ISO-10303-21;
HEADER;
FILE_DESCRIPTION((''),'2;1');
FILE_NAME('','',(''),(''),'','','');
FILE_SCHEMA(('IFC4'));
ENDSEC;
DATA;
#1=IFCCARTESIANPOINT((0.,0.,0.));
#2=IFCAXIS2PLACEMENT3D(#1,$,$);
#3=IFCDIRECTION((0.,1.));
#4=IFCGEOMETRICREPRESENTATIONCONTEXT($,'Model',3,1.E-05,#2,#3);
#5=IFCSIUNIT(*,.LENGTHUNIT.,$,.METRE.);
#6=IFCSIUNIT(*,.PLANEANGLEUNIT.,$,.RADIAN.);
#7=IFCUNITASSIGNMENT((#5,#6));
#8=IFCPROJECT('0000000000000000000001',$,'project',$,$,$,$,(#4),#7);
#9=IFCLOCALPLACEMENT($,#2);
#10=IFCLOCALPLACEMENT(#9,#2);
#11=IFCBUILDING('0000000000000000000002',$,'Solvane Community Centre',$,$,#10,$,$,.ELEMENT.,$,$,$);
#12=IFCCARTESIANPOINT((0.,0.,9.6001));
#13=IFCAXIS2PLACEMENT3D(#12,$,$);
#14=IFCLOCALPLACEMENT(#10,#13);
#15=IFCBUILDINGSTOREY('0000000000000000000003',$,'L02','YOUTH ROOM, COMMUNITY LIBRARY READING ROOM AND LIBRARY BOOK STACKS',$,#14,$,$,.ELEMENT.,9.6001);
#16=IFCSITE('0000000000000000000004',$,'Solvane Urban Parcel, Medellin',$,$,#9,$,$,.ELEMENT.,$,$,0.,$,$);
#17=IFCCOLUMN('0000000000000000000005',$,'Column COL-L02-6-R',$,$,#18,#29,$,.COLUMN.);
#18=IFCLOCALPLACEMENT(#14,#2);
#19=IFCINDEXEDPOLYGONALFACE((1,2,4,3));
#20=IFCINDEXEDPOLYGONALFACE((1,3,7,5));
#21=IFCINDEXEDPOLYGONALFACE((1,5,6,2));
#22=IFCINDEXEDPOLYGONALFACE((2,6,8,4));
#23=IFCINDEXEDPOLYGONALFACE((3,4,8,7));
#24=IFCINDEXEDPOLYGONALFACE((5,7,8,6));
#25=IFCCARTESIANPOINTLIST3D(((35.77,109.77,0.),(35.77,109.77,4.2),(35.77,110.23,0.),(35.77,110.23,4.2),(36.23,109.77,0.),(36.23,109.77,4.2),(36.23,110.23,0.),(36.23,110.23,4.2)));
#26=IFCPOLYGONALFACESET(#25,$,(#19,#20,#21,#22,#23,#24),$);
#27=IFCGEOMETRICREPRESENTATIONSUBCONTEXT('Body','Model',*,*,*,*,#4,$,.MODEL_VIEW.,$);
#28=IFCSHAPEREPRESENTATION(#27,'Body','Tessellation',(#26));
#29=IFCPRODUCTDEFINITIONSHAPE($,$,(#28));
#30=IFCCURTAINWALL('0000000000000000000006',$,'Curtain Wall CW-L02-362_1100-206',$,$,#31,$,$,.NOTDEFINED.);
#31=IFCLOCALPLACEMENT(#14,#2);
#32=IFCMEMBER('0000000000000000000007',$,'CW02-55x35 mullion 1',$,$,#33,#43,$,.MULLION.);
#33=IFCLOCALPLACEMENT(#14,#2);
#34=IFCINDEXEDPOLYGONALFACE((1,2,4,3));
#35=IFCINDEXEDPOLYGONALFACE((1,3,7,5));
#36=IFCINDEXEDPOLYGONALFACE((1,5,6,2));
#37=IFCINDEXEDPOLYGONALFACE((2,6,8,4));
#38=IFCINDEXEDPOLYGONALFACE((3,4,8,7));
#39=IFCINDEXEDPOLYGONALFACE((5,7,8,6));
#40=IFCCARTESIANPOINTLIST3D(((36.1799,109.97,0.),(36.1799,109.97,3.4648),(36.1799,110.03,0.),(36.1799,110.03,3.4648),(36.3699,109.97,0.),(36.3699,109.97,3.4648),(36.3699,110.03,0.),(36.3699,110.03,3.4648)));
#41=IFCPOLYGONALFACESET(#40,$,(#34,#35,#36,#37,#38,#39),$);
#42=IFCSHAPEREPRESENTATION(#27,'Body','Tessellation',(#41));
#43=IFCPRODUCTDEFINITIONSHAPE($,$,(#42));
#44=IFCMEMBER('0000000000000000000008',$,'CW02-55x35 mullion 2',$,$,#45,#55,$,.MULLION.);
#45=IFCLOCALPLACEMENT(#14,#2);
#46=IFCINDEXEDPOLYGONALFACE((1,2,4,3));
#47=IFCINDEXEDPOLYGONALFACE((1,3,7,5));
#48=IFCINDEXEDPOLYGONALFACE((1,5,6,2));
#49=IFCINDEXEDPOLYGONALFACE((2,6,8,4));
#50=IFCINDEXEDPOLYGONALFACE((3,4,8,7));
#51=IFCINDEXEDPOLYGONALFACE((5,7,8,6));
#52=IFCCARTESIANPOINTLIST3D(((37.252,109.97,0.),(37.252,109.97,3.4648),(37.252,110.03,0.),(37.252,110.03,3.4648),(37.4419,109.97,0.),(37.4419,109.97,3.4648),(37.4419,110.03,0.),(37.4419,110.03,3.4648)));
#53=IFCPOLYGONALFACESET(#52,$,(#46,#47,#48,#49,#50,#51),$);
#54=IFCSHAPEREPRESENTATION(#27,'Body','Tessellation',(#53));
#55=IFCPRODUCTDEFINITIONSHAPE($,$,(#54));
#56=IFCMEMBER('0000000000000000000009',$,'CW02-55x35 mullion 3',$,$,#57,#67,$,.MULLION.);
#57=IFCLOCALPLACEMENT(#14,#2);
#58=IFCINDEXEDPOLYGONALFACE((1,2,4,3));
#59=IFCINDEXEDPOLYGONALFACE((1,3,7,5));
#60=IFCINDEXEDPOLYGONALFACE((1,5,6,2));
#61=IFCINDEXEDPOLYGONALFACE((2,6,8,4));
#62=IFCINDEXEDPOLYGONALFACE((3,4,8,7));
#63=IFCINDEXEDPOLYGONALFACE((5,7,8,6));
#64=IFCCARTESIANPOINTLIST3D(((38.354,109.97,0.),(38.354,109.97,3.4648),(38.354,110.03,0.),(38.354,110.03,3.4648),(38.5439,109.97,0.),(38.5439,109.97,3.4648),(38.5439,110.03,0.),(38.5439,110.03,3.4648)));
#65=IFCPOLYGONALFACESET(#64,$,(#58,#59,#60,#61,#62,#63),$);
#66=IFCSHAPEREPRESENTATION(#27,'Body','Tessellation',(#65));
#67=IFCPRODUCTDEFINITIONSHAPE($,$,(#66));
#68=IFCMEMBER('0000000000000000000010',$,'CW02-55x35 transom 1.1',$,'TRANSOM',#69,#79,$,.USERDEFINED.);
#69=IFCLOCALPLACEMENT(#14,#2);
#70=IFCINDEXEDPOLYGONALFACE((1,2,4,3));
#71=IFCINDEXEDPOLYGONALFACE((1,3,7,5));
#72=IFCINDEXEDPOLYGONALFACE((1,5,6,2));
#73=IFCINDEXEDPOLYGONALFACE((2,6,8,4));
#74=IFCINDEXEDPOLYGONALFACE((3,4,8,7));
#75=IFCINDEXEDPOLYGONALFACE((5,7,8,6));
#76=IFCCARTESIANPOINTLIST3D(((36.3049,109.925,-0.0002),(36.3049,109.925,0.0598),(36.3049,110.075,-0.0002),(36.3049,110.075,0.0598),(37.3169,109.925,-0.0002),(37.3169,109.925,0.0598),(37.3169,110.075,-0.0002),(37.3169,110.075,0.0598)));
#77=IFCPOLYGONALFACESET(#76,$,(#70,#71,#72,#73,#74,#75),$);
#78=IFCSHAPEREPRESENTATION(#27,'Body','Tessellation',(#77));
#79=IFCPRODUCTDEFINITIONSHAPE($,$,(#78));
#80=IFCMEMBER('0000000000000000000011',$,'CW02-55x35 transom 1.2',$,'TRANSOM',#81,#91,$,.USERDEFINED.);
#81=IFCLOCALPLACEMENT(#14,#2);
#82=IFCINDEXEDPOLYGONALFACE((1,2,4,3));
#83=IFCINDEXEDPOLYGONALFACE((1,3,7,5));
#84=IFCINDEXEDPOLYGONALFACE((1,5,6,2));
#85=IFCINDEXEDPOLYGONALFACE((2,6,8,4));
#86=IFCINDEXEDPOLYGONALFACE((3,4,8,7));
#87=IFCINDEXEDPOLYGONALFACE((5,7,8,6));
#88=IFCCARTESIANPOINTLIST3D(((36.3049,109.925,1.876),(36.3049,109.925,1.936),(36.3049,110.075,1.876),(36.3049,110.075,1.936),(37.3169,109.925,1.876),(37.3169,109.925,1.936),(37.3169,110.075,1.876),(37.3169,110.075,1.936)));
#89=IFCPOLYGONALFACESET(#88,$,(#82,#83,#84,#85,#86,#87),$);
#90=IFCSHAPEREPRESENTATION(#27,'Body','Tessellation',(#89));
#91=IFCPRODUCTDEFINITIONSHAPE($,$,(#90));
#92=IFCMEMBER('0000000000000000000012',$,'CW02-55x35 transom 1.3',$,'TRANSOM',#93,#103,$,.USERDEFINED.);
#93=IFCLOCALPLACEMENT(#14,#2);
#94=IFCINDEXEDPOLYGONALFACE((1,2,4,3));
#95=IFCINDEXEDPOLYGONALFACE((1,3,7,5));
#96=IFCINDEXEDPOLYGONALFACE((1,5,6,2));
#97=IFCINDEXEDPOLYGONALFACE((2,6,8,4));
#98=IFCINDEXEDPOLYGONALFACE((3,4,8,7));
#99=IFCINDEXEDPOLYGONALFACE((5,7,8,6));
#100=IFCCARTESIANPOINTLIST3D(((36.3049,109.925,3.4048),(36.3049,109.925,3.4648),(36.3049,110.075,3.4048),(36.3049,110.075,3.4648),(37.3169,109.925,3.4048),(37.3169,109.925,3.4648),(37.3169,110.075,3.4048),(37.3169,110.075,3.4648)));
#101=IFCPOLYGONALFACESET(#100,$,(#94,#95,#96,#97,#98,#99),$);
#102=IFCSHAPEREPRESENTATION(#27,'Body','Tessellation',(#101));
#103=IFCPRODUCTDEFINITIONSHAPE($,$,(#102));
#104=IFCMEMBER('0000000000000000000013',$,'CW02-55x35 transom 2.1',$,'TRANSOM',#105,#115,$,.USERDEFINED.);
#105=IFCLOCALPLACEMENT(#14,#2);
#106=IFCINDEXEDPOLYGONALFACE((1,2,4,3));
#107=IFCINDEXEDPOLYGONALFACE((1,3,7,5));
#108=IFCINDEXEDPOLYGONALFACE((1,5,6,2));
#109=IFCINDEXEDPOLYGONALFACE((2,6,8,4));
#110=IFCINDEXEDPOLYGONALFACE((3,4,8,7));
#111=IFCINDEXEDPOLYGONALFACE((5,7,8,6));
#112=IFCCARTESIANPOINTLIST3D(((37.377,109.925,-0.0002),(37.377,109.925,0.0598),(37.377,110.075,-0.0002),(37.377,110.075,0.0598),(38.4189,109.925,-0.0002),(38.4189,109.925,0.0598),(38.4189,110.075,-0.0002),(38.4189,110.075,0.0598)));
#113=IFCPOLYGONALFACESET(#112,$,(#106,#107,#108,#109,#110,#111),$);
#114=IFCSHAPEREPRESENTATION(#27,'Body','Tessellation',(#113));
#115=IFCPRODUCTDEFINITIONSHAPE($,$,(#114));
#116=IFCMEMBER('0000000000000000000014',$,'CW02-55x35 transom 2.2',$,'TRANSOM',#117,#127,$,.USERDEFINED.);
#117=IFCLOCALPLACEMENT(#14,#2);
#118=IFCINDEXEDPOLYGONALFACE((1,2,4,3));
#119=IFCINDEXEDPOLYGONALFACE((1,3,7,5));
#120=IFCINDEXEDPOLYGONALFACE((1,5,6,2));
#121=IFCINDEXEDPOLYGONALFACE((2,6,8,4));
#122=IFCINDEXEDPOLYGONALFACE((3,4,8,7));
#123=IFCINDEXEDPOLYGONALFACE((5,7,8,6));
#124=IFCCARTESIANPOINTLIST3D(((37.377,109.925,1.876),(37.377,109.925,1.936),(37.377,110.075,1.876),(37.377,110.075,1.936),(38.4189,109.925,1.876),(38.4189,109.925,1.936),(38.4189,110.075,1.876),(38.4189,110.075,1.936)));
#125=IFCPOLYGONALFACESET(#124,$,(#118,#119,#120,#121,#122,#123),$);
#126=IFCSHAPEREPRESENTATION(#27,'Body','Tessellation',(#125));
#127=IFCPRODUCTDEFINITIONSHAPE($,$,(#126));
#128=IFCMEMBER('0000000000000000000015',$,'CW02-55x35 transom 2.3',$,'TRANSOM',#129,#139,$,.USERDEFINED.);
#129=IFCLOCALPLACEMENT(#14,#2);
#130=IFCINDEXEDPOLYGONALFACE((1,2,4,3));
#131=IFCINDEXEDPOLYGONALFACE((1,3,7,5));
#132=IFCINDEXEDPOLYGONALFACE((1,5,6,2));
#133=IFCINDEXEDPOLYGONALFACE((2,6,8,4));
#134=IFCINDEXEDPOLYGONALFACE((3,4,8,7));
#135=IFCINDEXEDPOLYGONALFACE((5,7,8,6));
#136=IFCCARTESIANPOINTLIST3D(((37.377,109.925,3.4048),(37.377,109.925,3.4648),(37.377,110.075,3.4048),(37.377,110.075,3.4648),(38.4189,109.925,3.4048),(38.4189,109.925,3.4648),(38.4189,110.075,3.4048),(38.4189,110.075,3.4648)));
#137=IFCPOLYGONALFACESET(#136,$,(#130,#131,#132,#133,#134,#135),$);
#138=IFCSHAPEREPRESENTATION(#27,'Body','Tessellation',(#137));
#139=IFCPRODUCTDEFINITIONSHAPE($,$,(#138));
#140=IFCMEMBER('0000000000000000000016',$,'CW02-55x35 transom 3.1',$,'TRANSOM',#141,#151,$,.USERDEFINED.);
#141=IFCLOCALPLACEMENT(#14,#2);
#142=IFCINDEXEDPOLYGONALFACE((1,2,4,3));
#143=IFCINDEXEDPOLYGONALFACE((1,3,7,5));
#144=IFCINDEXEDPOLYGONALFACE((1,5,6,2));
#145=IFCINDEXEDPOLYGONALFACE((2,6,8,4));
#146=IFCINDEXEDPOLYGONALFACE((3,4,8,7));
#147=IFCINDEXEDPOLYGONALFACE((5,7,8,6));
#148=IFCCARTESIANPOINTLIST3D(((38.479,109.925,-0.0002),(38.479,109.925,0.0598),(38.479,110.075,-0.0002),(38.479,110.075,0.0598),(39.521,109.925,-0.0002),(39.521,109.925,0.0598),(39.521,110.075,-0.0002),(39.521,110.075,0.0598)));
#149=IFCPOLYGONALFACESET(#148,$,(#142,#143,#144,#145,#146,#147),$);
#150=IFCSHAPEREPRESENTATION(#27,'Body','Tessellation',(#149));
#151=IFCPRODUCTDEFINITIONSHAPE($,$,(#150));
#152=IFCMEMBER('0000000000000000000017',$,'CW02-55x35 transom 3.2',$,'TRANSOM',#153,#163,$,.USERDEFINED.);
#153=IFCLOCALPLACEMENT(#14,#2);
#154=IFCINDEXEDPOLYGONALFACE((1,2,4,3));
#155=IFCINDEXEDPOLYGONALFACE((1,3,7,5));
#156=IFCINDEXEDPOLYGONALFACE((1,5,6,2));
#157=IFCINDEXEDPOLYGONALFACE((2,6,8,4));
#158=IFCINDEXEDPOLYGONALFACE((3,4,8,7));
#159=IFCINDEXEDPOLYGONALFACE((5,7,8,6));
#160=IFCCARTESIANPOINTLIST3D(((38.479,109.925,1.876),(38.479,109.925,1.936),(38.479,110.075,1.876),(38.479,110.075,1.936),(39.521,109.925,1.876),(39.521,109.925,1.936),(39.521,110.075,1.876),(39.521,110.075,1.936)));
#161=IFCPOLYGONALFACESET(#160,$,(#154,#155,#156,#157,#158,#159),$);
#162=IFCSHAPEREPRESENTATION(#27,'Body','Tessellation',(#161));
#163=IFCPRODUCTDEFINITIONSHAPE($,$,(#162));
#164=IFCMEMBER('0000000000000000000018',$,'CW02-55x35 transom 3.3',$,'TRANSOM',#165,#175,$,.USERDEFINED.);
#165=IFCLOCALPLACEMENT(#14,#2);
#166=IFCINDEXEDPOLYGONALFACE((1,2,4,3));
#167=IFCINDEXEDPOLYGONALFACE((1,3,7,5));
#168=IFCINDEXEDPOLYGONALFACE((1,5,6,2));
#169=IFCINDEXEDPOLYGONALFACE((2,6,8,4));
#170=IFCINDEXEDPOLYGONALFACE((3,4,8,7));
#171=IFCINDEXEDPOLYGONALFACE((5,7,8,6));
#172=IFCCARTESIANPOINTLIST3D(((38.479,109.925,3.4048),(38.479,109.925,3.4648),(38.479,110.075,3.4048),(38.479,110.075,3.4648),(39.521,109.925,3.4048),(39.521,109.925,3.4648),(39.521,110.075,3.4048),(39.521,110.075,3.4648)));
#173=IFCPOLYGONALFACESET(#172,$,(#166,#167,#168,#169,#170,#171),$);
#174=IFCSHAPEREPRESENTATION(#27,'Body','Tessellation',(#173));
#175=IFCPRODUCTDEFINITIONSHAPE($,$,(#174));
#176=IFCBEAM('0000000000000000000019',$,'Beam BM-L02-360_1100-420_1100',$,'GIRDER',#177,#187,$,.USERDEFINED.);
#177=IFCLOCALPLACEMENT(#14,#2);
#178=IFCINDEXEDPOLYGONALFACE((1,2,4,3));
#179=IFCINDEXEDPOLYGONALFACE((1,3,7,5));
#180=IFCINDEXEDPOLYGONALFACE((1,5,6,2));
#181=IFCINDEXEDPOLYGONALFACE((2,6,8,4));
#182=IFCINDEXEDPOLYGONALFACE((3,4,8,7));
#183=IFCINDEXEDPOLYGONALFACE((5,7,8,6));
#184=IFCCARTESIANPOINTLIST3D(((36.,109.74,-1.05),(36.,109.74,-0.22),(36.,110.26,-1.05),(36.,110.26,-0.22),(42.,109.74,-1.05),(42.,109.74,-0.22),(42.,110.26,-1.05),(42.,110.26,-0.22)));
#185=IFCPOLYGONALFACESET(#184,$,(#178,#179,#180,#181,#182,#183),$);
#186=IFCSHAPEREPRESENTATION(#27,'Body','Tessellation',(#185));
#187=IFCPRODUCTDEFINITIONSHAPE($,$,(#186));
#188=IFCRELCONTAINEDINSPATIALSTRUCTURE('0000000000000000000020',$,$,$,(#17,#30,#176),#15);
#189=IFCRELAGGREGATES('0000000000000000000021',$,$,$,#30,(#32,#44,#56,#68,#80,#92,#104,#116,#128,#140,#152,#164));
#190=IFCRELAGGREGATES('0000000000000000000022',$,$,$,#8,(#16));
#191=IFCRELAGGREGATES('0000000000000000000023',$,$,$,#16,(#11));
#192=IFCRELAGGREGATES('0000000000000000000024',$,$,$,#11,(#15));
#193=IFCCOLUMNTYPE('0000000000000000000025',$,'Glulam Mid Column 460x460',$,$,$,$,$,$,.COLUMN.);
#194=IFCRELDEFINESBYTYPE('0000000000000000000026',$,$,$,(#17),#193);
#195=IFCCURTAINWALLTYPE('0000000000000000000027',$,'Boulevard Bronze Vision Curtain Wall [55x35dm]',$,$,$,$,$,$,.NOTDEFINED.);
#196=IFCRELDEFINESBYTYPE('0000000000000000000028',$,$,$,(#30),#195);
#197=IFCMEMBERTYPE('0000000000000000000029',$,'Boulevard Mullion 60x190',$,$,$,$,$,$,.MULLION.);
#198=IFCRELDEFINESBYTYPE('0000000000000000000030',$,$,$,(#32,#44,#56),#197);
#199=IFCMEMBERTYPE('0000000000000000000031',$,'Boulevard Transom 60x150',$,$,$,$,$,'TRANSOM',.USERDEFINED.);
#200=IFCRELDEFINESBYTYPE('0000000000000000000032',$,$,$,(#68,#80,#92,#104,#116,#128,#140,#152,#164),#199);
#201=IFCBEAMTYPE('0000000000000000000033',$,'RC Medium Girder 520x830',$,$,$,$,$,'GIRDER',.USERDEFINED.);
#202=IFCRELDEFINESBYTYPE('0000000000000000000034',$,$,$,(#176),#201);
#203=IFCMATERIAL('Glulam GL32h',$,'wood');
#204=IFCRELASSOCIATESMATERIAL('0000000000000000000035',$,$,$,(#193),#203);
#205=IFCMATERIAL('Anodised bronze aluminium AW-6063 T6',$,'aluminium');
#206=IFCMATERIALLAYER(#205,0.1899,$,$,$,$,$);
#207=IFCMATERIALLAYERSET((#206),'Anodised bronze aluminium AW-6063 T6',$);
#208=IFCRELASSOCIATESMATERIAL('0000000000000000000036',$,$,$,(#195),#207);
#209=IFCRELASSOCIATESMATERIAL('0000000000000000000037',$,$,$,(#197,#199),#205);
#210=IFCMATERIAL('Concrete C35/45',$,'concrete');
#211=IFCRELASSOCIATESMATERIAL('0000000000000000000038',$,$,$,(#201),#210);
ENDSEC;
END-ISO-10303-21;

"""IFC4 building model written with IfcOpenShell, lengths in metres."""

from ifc_helpers import new_model, si_unit, direction, frame, origin, origin_2d, place, context, subcontext, project, spatial, rectangle, extrude, material, layer, layer_set, material_profile, profile_set, type_object, element, aggregate, save


model = new_model("IFC4")

# Units and contexts
model_context = context("Model", 3, precision=1e-05, world=origin(), true_north=direction((0.0, 1.0)))
body_context = subcontext(model_context, "Body", "Model", "MODEL_VIEW")
ifc_project = project(units=[si_unit("LENGTHUNIT", "METRE"), si_unit("PLANEANGLEUNIT", "RADIAN")], contexts=[model_context])

# Site, building, storey
site_placement = place(None, origin())
site = spatial("IfcSite", under=ifc_project, at=site_placement, Name="Solvane Urban Parcel, Medellin", CompositionType="ELEMENT", RefElevation=0.0)
building_placement = place(site_placement, origin())
building = spatial("IfcBuilding", under=site, at=building_placement, Name="Solvane Community Centre", CompositionType="ELEMENT")
storey_placement = place(building_placement, frame((0.0, 0.0, 9.6001)))
storey = spatial("IfcBuildingStorey", under=building, at=storey_placement, Name="L02", Description="YOUTH ROOM, COMMUNITY LIBRARY READING ROOM AND LIBRARY BOOK STACKS", CompositionType="ELEMENT", Elevation=9.6001)

# Column
ifc_material_1 = material(Name="Glulam GL32h", Category="wood")
ifc_material_profile_1 = material_profile(ifc_material_1, rectangle(XDim=0.46, YDim=0.46, at=origin_2d()), Name="GL32h 460x460")
ifc_profile_set_1 = profile_set([ifc_material_profile_1], Name="Glulam GL32h")
column_type = type_object("IfcColumnType", Name="Glulam Mid Column 460x460", PredefinedType="COLUMN", material=ifc_profile_set_1)
column_placement = place(storey_placement, frame((36.0, 110.0, 0.0), z_axis=(0.0, 0.0, 1.0), x_axis=(1.0, 0.0, 0.0)))
element("IfcColumn", 1, at=column_placement, inside=storey, type_object=column_type, Name="Column COL-L02-6-R", PredefinedType="COLUMN", context=body_context, shape_type="SweptSolid", body=[
    extrude(rectangle(XDim=0.46, YDim=0.46, at=origin_2d()), origin(), (0.0, 0.0, 1.0), 4.2),
])

# Curtain wall, members
ifc_material_2 = material(Name="Anodised bronze aluminium AW-6063 T6", Category="aluminium")
ifc_layer_1 = layer(ifc_material_2, 0.1899)
ifc_layer_set_1 = layer_set([ifc_layer_1], Name="Anodised bronze aluminium AW-6063 T6")
curtain_wall_type = type_object("IfcCurtainWallType", Name="Boulevard Bronze Vision Curtain Wall [55x35dm]", PredefinedType="NOTDEFINED", material=ifc_layer_set_1)
curtain_wall_placement = place(storey_placement, origin())
curtain_wall = element("IfcCurtainWall", 2, at=curtain_wall_placement, inside=storey, type_object=curtain_wall_type, Name="Curtain Wall CW-L02-362_1100-206", PredefinedType="NOTDEFINED")
ifc_material_profile_2 = material_profile(ifc_material_2, rectangle(XDim=0.0601, YDim=0.1899, at=origin_2d()), Name="CW-M 60x190")
ifc_profile_set_2 = profile_set([ifc_material_profile_2], Name="Anodised bronze aluminium AW-6063 T6")
member_type_1 = type_object("IfcMemberType", Name="Boulevard Mullion 60x190", PredefinedType="MULLION", material=ifc_profile_set_2)
member_1_placement = place(storey_placement, frame((36.2749, 110.0, 0.0), z_axis=(0.0, 0.0, 1.0), x_axis=(0.0, 1.0, 0.0)))
member_1 = element("IfcMember", 3, at=member_1_placement, type_object=member_type_1, Name="CW02-55x35 mullion 1", PredefinedType="MULLION", context=body_context, shape_type="SweptSolid", body=[
    extrude(rectangle(XDim=0.0601, YDim=0.1899, at=origin_2d()), origin(), (0.0, 0.0, 1.0), 3.4648),
])
member_2_placement = place(storey_placement, frame((37.3469, 110.0, 0.0), z_axis=(0.0, 0.0, 1.0), x_axis=(0.0, 1.0, 0.0)))
member_2 = element("IfcMember", 4, at=member_2_placement, type_object=member_type_1, Name="CW02-55x35 mullion 2", PredefinedType="MULLION", context=body_context, shape_type="SweptSolid", body=[
    extrude(rectangle(XDim=0.0601, YDim=0.1899, at=origin_2d()), origin(), (0.0, 0.0, 1.0), 3.4648),
])
member_3_placement = place(storey_placement, frame((38.449, 110.0, 0.0), z_axis=(0.0, 0.0, 1.0), x_axis=(0.0, 1.0, 0.0)))
member_3 = element("IfcMember", 5, at=member_3_placement, type_object=member_type_1, Name="CW02-55x35 mullion 3", PredefinedType="MULLION", context=body_context, shape_type="SweptSolid", body=[
    extrude(rectangle(XDim=0.0601, YDim=0.1899, at=origin_2d()), origin(), (0.0, 0.0, 1.0), 3.4648),
])
ifc_material_profile_3 = material_profile(ifc_material_2, rectangle(XDim=0.1499, YDim=0.0601, at=origin_2d()), Name="CW-T 60x150")
ifc_profile_set_3 = profile_set([ifc_material_profile_3], Name="Anodised bronze aluminium AW-6063 T6")
member_type_2 = type_object("IfcMemberType", Name="Boulevard Transom 60x150", ElementType="TRANSOM", PredefinedType="USERDEFINED", material=ifc_profile_set_3)
member_4_placement = place(storey_placement, frame((36.3049, 110.0, 0.0298), z_axis=(1.0, 0.0, 0.0), x_axis=(0.0, 1.0, 0.0)))
member_4 = element("IfcMember", 6, at=member_4_placement, type_object=member_type_2, Name="CW02-55x35 transom 1.1", ObjectType="TRANSOM", PredefinedType="USERDEFINED", context=body_context, shape_type="SweptSolid", body=[
    extrude(rectangle(XDim=0.1499, YDim=0.0601, at=origin_2d()), origin(), (0.0, 0.0, 1.0), 1.012),
])
member_5_placement = place(storey_placement, frame((36.3049, 110.0, 1.906), z_axis=(1.0, 0.0, 0.0), x_axis=(0.0, 1.0, 0.0)))
member_5 = element("IfcMember", 7, at=member_5_placement, type_object=member_type_2, Name="CW02-55x35 transom 1.2", ObjectType="TRANSOM", PredefinedType="USERDEFINED", context=body_context, shape_type="SweptSolid", body=[
    extrude(rectangle(XDim=0.1499, YDim=0.0601, at=origin_2d()), origin(), (0.0, 0.0, 1.0), 1.012),
])
member_6_placement = place(storey_placement, frame((36.3049, 110.0, 3.4348), z_axis=(1.0, 0.0, 0.0), x_axis=(0.0, 1.0, 0.0)))
member_6 = element("IfcMember", 8, at=member_6_placement, type_object=member_type_2, Name="CW02-55x35 transom 1.3", ObjectType="TRANSOM", PredefinedType="USERDEFINED", context=body_context, shape_type="SweptSolid", body=[
    extrude(rectangle(XDim=0.1499, YDim=0.0601, at=origin_2d()), origin(), (0.0, 0.0, 1.0), 1.012),
])
member_7_placement = place(storey_placement, frame((37.377, 110.0, 0.0298), z_axis=(1.0, 0.0, 0.0), x_axis=(0.0, 1.0, 0.0)))
member_7 = element("IfcMember", 9, at=member_7_placement, type_object=member_type_2, Name="CW02-55x35 transom 2.1", ObjectType="TRANSOM", PredefinedType="USERDEFINED", context=body_context, shape_type="SweptSolid", body=[
    extrude(rectangle(XDim=0.1499, YDim=0.0601, at=origin_2d()), origin(), (0.0, 0.0, 1.0), 1.042),
])
member_8_placement = place(storey_placement, frame((37.377, 110.0, 1.906), z_axis=(1.0, 0.0, 0.0), x_axis=(0.0, 1.0, 0.0)))
member_8 = element("IfcMember", 10, at=member_8_placement, type_object=member_type_2, Name="CW02-55x35 transom 2.2", ObjectType="TRANSOM", PredefinedType="USERDEFINED", context=body_context, shape_type="SweptSolid", body=[
    extrude(rectangle(XDim=0.1499, YDim=0.0601, at=origin_2d()), origin(), (0.0, 0.0, 1.0), 1.042),
])
member_9_placement = place(storey_placement, frame((37.377, 110.0, 3.4348), z_axis=(1.0, 0.0, 0.0), x_axis=(0.0, 1.0, 0.0)))
member_9 = element("IfcMember", 11, at=member_9_placement, type_object=member_type_2, Name="CW02-55x35 transom 2.3", ObjectType="TRANSOM", PredefinedType="USERDEFINED", context=body_context, shape_type="SweptSolid", body=[
    extrude(rectangle(XDim=0.1499, YDim=0.0601, at=origin_2d()), origin(), (0.0, 0.0, 1.0), 1.042),
])
member_10_placement = place(storey_placement, frame((38.479, 110.0, 0.0298), z_axis=(1.0, 0.0, 0.0), x_axis=(0.0, 1.0, 0.0)))
member_10 = element("IfcMember", 12, at=member_10_placement, type_object=member_type_2, Name="CW02-55x35 transom 3.1", ObjectType="TRANSOM", PredefinedType="USERDEFINED", context=body_context, shape_type="SweptSolid", body=[
    extrude(rectangle(XDim=0.1499, YDim=0.0601, at=origin_2d()), origin(), (0.0, 0.0, 1.0), 1.042),
])
member_11_placement = place(storey_placement, frame((38.479, 110.0, 1.906), z_axis=(1.0, 0.0, 0.0), x_axis=(0.0, 1.0, 0.0)))
member_11 = element("IfcMember", 13, at=member_11_placement, type_object=member_type_2, Name="CW02-55x35 transom 3.2", ObjectType="TRANSOM", PredefinedType="USERDEFINED", context=body_context, shape_type="SweptSolid", body=[
    extrude(rectangle(XDim=0.1499, YDim=0.0601, at=origin_2d()), origin(), (0.0, 0.0, 1.0), 1.042),
])
member_12_placement = place(storey_placement, frame((38.479, 110.0, 3.4348), z_axis=(1.0, 0.0, 0.0), x_axis=(0.0, 1.0, 0.0)))
member_12 = element("IfcMember", 14, at=member_12_placement, type_object=member_type_2, Name="CW02-55x35 transom 3.3", ObjectType="TRANSOM", PredefinedType="USERDEFINED", context=body_context, shape_type="SweptSolid", body=[
    extrude(rectangle(XDim=0.1499, YDim=0.0601, at=origin_2d()), origin(), (0.0, 0.0, 1.0), 1.042),
])

# Beam
ifc_material_3 = material(Name="Concrete C35/45", Category="concrete")
ifc_material_profile_4 = material_profile(ifc_material_3, rectangle(XDim=0.52, YDim=0.8301, at=origin_2d()), Name="RC 520x830")
ifc_profile_set_4 = profile_set([ifc_material_profile_4], Name="Concrete C35/45")
beam_type_1 = type_object("IfcBeamType", Name="RC Medium Girder 520x830", ElementType="GIRDER", PredefinedType="USERDEFINED", material=ifc_profile_set_4)
beam_placement = place(storey_placement, frame((36.0, 110.0, -0.635), z_axis=(1.0, 0.0, 0.0), x_axis=(0.0, 1.0, 0.0)))
element("IfcBeam", 15, at=beam_placement, inside=storey, type_object=beam_type_1, Name="Beam BM-L02-360_1100-420_1100", ObjectType="GIRDER", PredefinedType="USERDEFINED", context=body_context, shape_type="SweptSolid", body=[
    extrude(rectangle(XDim=0.52, YDim=0.8301, at=origin_2d()), origin(), (0.0, 0.0, 1.0), 6.0),
])

aggregate(curtain_wall, [member_1, member_2, member_3, member_4, member_5, member_6, member_7, member_8, member_9, member_10, member_11, member_12])

save(model, "model.ifc")
